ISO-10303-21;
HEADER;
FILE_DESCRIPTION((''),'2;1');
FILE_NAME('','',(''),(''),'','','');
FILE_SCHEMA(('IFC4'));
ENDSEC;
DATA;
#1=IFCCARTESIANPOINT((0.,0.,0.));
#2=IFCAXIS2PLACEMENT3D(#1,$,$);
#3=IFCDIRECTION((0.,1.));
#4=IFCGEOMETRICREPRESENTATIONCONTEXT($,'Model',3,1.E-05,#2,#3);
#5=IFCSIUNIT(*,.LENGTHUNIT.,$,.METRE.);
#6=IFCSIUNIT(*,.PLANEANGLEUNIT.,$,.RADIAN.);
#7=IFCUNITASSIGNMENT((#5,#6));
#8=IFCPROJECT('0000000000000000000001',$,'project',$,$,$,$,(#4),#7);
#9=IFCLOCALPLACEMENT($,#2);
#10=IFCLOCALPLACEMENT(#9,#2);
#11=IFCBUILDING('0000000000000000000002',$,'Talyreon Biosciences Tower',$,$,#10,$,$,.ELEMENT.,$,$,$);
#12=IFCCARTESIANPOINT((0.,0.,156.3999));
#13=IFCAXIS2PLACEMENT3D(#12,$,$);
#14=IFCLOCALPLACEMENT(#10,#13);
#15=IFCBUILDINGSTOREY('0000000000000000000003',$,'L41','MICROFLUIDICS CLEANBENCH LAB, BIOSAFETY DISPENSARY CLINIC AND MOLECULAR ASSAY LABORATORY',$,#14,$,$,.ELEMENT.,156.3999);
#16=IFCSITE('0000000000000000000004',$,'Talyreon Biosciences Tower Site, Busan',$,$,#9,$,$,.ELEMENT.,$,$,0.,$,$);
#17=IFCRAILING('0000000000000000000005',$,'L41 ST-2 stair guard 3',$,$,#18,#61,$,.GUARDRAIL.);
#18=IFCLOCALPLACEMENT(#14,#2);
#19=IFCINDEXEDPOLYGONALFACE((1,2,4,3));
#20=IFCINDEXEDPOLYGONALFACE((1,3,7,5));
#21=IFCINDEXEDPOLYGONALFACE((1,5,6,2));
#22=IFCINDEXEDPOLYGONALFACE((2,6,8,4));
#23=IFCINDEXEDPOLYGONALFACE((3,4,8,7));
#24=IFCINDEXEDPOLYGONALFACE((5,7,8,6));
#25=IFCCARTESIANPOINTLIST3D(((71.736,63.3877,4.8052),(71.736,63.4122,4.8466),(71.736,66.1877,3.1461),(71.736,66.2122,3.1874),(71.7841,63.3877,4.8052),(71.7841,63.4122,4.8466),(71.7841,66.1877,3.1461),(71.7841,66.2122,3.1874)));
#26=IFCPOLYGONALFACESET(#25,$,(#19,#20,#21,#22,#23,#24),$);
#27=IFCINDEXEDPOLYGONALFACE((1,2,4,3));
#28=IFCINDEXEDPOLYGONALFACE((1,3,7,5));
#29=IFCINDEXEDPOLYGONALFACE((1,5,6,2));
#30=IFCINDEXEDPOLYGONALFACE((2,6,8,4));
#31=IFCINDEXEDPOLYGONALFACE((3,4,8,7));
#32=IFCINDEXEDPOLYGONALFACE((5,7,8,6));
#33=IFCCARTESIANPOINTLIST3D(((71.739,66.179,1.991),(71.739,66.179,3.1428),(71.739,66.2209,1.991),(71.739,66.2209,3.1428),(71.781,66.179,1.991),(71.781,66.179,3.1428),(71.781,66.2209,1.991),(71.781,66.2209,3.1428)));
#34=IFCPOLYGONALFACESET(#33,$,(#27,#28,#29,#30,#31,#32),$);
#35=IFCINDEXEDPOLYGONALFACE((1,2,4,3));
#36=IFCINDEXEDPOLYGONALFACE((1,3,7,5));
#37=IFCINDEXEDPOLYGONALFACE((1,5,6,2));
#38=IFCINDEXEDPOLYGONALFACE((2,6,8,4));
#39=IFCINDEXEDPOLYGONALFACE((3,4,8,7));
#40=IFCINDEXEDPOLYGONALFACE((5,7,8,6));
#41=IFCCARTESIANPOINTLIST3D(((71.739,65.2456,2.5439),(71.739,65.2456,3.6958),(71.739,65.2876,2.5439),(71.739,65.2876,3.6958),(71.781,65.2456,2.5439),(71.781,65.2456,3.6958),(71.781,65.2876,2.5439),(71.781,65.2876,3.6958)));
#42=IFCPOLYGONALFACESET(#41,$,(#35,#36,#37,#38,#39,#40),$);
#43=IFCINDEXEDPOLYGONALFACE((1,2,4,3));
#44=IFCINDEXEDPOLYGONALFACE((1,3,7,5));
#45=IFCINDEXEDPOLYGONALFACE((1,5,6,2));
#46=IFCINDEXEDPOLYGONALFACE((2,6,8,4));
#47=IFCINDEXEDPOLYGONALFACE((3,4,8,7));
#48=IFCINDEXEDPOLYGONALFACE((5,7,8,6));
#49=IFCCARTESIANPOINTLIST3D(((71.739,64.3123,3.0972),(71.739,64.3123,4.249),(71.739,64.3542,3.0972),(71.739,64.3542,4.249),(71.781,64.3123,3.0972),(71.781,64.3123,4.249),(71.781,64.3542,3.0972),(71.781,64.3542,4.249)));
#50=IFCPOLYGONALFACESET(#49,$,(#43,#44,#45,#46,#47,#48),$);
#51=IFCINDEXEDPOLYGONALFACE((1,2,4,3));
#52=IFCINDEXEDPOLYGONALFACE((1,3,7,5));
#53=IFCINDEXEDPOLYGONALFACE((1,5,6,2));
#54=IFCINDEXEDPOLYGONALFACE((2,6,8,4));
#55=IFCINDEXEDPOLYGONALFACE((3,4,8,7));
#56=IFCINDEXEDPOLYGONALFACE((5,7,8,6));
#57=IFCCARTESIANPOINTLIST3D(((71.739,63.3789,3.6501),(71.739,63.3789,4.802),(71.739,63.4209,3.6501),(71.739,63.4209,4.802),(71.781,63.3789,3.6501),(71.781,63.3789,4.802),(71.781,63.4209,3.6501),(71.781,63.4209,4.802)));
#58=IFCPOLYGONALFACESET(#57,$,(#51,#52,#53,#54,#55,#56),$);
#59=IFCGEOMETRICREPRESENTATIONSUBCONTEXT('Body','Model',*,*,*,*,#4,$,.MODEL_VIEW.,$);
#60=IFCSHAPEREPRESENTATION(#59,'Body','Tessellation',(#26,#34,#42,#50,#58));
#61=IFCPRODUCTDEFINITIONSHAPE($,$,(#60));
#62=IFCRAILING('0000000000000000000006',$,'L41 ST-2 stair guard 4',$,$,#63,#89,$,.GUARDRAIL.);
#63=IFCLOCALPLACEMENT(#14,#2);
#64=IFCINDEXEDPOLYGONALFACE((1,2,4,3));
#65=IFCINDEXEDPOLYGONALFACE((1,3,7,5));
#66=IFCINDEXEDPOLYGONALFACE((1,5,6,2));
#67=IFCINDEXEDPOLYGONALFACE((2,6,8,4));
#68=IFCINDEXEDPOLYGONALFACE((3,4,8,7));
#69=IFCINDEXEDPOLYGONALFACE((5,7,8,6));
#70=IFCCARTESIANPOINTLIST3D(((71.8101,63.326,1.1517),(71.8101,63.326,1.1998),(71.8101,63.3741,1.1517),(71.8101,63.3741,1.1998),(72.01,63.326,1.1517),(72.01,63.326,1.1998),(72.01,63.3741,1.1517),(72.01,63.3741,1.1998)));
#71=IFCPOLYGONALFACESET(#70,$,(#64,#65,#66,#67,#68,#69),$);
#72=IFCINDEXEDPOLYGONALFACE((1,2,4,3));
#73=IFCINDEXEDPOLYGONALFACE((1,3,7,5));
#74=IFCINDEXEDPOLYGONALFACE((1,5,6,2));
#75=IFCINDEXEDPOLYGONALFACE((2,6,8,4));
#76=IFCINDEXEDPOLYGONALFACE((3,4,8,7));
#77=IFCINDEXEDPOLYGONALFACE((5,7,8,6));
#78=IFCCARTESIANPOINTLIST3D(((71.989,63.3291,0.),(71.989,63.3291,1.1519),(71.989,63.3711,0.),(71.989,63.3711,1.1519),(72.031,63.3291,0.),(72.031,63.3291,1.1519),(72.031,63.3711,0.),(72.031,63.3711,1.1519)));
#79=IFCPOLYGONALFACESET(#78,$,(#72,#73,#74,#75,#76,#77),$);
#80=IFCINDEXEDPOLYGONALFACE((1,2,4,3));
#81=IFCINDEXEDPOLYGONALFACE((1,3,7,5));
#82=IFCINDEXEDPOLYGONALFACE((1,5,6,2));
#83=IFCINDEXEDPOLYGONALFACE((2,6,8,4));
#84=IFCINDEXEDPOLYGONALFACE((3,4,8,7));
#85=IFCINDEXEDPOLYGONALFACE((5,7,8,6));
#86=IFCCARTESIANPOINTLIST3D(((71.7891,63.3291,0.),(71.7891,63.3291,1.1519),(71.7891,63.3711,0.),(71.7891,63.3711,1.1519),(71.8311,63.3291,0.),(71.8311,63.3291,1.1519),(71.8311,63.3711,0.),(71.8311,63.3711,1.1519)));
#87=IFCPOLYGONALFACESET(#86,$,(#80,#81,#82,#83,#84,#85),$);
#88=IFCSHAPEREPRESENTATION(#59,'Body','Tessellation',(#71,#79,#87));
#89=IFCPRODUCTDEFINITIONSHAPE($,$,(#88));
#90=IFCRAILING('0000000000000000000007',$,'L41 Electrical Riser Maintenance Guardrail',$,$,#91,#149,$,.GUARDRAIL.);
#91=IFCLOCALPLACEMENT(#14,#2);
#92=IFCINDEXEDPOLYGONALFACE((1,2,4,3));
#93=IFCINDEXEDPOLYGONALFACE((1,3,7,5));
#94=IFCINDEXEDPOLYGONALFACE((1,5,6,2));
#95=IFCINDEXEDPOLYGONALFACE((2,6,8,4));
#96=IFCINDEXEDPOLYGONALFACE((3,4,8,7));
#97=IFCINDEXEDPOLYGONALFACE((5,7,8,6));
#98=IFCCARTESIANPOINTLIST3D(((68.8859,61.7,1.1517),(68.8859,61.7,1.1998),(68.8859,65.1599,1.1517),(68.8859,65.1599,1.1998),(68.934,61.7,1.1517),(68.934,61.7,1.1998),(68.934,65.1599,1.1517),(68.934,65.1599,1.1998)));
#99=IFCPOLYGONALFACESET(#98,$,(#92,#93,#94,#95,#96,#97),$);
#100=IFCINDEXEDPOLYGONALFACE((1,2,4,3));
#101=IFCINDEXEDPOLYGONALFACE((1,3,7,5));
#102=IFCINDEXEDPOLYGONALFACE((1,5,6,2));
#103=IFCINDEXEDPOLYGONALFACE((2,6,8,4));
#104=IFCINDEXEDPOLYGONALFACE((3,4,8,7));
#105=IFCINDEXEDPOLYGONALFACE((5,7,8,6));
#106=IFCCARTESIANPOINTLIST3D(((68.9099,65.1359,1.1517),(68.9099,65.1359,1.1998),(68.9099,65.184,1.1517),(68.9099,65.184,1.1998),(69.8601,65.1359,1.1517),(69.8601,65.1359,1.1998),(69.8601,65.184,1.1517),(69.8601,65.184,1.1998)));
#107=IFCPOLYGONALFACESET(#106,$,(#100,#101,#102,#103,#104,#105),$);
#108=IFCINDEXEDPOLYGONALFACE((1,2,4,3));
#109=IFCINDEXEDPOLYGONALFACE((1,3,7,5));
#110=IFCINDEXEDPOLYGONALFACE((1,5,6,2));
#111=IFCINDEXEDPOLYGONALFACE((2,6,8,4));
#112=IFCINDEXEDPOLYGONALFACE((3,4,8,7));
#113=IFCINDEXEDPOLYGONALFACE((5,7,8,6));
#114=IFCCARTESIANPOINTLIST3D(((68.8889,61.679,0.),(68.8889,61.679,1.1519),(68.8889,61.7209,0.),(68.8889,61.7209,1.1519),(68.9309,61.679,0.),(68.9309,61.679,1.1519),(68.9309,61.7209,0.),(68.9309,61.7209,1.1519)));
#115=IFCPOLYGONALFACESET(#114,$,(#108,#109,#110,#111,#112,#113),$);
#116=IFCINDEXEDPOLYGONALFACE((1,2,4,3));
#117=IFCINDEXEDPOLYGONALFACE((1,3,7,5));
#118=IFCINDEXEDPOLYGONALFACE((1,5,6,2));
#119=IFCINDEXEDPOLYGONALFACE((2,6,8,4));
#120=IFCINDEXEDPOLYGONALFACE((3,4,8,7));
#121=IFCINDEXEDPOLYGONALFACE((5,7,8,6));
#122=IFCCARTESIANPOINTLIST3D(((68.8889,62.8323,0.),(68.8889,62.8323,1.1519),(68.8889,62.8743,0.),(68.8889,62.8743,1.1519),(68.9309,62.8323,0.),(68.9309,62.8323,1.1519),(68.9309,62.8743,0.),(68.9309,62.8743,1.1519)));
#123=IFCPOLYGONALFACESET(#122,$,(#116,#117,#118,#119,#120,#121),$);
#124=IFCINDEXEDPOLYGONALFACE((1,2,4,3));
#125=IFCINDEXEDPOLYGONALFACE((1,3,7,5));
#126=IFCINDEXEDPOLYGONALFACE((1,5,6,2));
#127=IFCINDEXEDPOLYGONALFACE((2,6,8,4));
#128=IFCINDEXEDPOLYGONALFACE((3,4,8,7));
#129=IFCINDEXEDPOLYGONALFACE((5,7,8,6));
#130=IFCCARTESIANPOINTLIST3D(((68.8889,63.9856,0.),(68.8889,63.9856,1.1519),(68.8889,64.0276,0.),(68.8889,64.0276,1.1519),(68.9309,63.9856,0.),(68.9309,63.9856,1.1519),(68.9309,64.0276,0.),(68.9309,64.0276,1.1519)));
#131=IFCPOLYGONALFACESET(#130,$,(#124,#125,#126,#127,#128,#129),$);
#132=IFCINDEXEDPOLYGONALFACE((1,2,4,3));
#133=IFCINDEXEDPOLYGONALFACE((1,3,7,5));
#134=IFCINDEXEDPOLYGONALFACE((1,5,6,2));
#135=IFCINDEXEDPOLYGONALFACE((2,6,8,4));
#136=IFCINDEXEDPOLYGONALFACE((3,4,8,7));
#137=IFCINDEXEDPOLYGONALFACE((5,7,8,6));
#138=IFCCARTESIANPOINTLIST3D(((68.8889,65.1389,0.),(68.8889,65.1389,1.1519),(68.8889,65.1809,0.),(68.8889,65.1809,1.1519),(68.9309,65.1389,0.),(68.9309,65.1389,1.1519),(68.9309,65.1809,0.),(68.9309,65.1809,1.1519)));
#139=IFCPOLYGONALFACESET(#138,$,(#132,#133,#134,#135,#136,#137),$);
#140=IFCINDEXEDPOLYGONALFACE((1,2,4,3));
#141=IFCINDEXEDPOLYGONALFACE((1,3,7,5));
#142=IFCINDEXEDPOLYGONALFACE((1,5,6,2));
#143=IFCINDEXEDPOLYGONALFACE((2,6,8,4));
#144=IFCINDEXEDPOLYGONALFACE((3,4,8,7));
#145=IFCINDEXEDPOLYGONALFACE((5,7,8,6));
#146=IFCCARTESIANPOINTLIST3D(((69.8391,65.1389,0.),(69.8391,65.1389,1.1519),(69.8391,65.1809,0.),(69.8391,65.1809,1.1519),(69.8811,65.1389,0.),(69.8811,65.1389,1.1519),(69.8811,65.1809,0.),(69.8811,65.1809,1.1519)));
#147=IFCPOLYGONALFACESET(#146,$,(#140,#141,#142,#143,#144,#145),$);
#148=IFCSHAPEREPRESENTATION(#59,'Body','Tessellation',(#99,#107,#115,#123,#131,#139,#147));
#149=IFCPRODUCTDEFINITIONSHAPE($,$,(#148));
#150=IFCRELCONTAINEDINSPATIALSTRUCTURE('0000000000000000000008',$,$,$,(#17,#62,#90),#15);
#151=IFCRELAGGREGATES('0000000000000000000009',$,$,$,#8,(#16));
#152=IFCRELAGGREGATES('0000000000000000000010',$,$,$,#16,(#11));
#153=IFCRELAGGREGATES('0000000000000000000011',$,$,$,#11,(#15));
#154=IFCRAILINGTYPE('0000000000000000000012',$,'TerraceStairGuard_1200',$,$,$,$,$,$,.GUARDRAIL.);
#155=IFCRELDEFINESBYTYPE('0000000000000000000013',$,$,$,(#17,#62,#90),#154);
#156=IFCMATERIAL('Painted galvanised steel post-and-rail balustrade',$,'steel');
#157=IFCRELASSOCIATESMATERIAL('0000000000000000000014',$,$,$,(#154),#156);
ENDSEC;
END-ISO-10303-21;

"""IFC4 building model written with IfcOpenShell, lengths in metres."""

from ifc_helpers import new_model, si_unit, direction, frame, origin, origin_2d, place, context, subcontext, project, spatial, rectangle, extrude, material, type_object, element, save


model = new_model("IFC4")

# Units and contexts
model_context = context("Model", 3, precision=1e-05, world=origin(), true_north=direction((0.0, 1.0)))
body_context = subcontext(model_context, "Body", "Model", "MODEL_VIEW")
ifc_project = project(units=[si_unit("LENGTHUNIT", "METRE"), si_unit("PLANEANGLEUNIT", "RADIAN")], contexts=[model_context])

# Site, building, storey
site_placement = place(None, origin())
site = spatial("IfcSite", under=ifc_project, at=site_placement, Name="Talyreon Biosciences Tower Site, Busan", CompositionType="ELEMENT", RefElevation=0.0)
building_placement = place(site_placement, origin())
building = spatial("IfcBuilding", under=site, at=building_placement, Name="Talyreon Biosciences Tower", CompositionType="ELEMENT")
storey_placement = place(building_placement, frame((0.0, 0.0, 156.3999)))
storey = spatial("IfcBuildingStorey", under=building, at=storey_placement, Name="L41", Description="MICROFLUIDICS CLEANBENCH LAB, BIOSAFETY DISPENSARY CLINIC AND MOLECULAR ASSAY LABORATORY", CompositionType="ELEMENT", Elevation=156.3999)

# Railings
ifc_material_1 = material(Name="Painted galvanised steel post-and-rail balustrade", Category="steel")
railing_type_1 = type_object("IfcRailingType", Name="TerraceStairGuard_1200", PredefinedType="GUARDRAIL", material=ifc_material_1)
railing_1_placement = place(storey_placement, frame((71.76, 66.2, 1.991)))
element("IfcRailing", 1, at=railing_1_placement, inside=storey, type_object=railing_type_1, Name="L41 ST-2 stair guard 3", PredefinedType="GUARDRAIL", context=body_context, shape_type="SweptSolid", body=[
    extrude(rectangle(XDim=0.0481, YDim=0.0481, at=origin_2d()), frame((0.0, 0.0, 1.1758), z_axis=(0.0, -0.860306, 0.509778), x_axis=(1.0, 0.0, 0.0)), (0.0, 0.0, 1.0), 3.2546),
    extrude(rectangle(XDim=0.042, YDim=0.042, at=origin_2d()), origin(), (0.0, 0.0, 1.0), 1.1519),
    extrude(rectangle(XDim=0.042, YDim=0.042, at=origin_2d()), frame((0.0, -0.9333, 0.553)), (0.0, 0.0, 1.0), 1.1519),
    extrude(rectangle(XDim=0.042, YDim=0.042, at=origin_2d()), frame((0.0, -1.8667, 1.1062)), (0.0, 0.0, 1.0), 1.1519),
    extrude(rectangle(XDim=0.042, YDim=0.042, at=origin_2d()), frame((0.0, -2.8, 1.6592)), (0.0, 0.0, 1.0), 1.1519),
])
railing_2_placement = place(storey_placement, frame((72.01, 63.3501, 0.0)))
element("IfcRailing", 2, at=railing_2_placement, inside=storey, type_object=railing_type_1, Name="L41 ST-2 stair guard 4", PredefinedType="GUARDRAIL", context=body_context, shape_type="SweptSolid", body=[
    extrude(rectangle(XDim=0.0481, YDim=0.0481, at=origin_2d()), frame((0.0, 0.0, 1.1758), z_axis=(-1.0, 0.0, 0.0), x_axis=(0.0, -1.0, 0.0)), (0.0, 0.0, 1.0), 0.2),
    extrude(rectangle(XDim=0.042, YDim=0.042, at=origin_2d()), origin(), (0.0, 0.0, 1.0), 1.1519),
    extrude(rectangle(XDim=0.042, YDim=0.042, at=origin_2d()), frame((-0.2, 0.0, 0.0)), (0.0, 0.0, 1.0), 1.1519),
])
railing_3_placement = place(storey_placement, frame((68.9099, 61.7, 0.0)))
element("IfcRailing", 3, at=railing_3_placement, inside=storey, type_object=railing_type_1, Name="L41 Electrical Riser Maintenance Guardrail", PredefinedType="GUARDRAIL", context=body_context, shape_type="SweptSolid", body=[
    extrude(rectangle(XDim=0.0481, YDim=0.0481, at=origin_2d()), frame((0.0, 0.0, 1.1758), z_axis=(0.0, 1.0, 0.0), x_axis=(-1.0, 0.0, 0.0)), (0.0, 0.0, 1.0), 3.46),
    extrude(rectangle(XDim=0.0481, YDim=0.0481, at=origin_2d()), frame((0.0, 3.46, 1.1758), z_axis=(1.0, 0.0, 0.0), x_axis=(0.0, 1.0, 0.0)), (0.0, 0.0, 1.0), 0.9502),
    extrude(rectangle(XDim=0.042, YDim=0.042, at=origin_2d()), origin(), (0.0, 0.0, 1.0), 1.1519),
    extrude(rectangle(XDim=0.042, YDim=0.042, at=origin_2d()), frame((0.0, 1.1533, 0.0)), (0.0, 0.0, 1.0), 1.1519),
    extrude(rectangle(XDim=0.042, YDim=0.042, at=origin_2d()), frame((0.0, 2.3066, 0.0)), (0.0, 0.0, 1.0), 1.1519),
    extrude(rectangle(XDim=0.042, YDim=0.042, at=origin_2d()), frame((0.0, 3.46, 0.0)), (0.0, 0.0, 1.0), 1.1519),
    extrude(rectangle(XDim=0.042, YDim=0.042, at=origin_2d()), frame((0.9502, 3.46, 0.0)), (0.0, 0.0, 1.0), 1.1519),
])

save(model, "model.ifc")
